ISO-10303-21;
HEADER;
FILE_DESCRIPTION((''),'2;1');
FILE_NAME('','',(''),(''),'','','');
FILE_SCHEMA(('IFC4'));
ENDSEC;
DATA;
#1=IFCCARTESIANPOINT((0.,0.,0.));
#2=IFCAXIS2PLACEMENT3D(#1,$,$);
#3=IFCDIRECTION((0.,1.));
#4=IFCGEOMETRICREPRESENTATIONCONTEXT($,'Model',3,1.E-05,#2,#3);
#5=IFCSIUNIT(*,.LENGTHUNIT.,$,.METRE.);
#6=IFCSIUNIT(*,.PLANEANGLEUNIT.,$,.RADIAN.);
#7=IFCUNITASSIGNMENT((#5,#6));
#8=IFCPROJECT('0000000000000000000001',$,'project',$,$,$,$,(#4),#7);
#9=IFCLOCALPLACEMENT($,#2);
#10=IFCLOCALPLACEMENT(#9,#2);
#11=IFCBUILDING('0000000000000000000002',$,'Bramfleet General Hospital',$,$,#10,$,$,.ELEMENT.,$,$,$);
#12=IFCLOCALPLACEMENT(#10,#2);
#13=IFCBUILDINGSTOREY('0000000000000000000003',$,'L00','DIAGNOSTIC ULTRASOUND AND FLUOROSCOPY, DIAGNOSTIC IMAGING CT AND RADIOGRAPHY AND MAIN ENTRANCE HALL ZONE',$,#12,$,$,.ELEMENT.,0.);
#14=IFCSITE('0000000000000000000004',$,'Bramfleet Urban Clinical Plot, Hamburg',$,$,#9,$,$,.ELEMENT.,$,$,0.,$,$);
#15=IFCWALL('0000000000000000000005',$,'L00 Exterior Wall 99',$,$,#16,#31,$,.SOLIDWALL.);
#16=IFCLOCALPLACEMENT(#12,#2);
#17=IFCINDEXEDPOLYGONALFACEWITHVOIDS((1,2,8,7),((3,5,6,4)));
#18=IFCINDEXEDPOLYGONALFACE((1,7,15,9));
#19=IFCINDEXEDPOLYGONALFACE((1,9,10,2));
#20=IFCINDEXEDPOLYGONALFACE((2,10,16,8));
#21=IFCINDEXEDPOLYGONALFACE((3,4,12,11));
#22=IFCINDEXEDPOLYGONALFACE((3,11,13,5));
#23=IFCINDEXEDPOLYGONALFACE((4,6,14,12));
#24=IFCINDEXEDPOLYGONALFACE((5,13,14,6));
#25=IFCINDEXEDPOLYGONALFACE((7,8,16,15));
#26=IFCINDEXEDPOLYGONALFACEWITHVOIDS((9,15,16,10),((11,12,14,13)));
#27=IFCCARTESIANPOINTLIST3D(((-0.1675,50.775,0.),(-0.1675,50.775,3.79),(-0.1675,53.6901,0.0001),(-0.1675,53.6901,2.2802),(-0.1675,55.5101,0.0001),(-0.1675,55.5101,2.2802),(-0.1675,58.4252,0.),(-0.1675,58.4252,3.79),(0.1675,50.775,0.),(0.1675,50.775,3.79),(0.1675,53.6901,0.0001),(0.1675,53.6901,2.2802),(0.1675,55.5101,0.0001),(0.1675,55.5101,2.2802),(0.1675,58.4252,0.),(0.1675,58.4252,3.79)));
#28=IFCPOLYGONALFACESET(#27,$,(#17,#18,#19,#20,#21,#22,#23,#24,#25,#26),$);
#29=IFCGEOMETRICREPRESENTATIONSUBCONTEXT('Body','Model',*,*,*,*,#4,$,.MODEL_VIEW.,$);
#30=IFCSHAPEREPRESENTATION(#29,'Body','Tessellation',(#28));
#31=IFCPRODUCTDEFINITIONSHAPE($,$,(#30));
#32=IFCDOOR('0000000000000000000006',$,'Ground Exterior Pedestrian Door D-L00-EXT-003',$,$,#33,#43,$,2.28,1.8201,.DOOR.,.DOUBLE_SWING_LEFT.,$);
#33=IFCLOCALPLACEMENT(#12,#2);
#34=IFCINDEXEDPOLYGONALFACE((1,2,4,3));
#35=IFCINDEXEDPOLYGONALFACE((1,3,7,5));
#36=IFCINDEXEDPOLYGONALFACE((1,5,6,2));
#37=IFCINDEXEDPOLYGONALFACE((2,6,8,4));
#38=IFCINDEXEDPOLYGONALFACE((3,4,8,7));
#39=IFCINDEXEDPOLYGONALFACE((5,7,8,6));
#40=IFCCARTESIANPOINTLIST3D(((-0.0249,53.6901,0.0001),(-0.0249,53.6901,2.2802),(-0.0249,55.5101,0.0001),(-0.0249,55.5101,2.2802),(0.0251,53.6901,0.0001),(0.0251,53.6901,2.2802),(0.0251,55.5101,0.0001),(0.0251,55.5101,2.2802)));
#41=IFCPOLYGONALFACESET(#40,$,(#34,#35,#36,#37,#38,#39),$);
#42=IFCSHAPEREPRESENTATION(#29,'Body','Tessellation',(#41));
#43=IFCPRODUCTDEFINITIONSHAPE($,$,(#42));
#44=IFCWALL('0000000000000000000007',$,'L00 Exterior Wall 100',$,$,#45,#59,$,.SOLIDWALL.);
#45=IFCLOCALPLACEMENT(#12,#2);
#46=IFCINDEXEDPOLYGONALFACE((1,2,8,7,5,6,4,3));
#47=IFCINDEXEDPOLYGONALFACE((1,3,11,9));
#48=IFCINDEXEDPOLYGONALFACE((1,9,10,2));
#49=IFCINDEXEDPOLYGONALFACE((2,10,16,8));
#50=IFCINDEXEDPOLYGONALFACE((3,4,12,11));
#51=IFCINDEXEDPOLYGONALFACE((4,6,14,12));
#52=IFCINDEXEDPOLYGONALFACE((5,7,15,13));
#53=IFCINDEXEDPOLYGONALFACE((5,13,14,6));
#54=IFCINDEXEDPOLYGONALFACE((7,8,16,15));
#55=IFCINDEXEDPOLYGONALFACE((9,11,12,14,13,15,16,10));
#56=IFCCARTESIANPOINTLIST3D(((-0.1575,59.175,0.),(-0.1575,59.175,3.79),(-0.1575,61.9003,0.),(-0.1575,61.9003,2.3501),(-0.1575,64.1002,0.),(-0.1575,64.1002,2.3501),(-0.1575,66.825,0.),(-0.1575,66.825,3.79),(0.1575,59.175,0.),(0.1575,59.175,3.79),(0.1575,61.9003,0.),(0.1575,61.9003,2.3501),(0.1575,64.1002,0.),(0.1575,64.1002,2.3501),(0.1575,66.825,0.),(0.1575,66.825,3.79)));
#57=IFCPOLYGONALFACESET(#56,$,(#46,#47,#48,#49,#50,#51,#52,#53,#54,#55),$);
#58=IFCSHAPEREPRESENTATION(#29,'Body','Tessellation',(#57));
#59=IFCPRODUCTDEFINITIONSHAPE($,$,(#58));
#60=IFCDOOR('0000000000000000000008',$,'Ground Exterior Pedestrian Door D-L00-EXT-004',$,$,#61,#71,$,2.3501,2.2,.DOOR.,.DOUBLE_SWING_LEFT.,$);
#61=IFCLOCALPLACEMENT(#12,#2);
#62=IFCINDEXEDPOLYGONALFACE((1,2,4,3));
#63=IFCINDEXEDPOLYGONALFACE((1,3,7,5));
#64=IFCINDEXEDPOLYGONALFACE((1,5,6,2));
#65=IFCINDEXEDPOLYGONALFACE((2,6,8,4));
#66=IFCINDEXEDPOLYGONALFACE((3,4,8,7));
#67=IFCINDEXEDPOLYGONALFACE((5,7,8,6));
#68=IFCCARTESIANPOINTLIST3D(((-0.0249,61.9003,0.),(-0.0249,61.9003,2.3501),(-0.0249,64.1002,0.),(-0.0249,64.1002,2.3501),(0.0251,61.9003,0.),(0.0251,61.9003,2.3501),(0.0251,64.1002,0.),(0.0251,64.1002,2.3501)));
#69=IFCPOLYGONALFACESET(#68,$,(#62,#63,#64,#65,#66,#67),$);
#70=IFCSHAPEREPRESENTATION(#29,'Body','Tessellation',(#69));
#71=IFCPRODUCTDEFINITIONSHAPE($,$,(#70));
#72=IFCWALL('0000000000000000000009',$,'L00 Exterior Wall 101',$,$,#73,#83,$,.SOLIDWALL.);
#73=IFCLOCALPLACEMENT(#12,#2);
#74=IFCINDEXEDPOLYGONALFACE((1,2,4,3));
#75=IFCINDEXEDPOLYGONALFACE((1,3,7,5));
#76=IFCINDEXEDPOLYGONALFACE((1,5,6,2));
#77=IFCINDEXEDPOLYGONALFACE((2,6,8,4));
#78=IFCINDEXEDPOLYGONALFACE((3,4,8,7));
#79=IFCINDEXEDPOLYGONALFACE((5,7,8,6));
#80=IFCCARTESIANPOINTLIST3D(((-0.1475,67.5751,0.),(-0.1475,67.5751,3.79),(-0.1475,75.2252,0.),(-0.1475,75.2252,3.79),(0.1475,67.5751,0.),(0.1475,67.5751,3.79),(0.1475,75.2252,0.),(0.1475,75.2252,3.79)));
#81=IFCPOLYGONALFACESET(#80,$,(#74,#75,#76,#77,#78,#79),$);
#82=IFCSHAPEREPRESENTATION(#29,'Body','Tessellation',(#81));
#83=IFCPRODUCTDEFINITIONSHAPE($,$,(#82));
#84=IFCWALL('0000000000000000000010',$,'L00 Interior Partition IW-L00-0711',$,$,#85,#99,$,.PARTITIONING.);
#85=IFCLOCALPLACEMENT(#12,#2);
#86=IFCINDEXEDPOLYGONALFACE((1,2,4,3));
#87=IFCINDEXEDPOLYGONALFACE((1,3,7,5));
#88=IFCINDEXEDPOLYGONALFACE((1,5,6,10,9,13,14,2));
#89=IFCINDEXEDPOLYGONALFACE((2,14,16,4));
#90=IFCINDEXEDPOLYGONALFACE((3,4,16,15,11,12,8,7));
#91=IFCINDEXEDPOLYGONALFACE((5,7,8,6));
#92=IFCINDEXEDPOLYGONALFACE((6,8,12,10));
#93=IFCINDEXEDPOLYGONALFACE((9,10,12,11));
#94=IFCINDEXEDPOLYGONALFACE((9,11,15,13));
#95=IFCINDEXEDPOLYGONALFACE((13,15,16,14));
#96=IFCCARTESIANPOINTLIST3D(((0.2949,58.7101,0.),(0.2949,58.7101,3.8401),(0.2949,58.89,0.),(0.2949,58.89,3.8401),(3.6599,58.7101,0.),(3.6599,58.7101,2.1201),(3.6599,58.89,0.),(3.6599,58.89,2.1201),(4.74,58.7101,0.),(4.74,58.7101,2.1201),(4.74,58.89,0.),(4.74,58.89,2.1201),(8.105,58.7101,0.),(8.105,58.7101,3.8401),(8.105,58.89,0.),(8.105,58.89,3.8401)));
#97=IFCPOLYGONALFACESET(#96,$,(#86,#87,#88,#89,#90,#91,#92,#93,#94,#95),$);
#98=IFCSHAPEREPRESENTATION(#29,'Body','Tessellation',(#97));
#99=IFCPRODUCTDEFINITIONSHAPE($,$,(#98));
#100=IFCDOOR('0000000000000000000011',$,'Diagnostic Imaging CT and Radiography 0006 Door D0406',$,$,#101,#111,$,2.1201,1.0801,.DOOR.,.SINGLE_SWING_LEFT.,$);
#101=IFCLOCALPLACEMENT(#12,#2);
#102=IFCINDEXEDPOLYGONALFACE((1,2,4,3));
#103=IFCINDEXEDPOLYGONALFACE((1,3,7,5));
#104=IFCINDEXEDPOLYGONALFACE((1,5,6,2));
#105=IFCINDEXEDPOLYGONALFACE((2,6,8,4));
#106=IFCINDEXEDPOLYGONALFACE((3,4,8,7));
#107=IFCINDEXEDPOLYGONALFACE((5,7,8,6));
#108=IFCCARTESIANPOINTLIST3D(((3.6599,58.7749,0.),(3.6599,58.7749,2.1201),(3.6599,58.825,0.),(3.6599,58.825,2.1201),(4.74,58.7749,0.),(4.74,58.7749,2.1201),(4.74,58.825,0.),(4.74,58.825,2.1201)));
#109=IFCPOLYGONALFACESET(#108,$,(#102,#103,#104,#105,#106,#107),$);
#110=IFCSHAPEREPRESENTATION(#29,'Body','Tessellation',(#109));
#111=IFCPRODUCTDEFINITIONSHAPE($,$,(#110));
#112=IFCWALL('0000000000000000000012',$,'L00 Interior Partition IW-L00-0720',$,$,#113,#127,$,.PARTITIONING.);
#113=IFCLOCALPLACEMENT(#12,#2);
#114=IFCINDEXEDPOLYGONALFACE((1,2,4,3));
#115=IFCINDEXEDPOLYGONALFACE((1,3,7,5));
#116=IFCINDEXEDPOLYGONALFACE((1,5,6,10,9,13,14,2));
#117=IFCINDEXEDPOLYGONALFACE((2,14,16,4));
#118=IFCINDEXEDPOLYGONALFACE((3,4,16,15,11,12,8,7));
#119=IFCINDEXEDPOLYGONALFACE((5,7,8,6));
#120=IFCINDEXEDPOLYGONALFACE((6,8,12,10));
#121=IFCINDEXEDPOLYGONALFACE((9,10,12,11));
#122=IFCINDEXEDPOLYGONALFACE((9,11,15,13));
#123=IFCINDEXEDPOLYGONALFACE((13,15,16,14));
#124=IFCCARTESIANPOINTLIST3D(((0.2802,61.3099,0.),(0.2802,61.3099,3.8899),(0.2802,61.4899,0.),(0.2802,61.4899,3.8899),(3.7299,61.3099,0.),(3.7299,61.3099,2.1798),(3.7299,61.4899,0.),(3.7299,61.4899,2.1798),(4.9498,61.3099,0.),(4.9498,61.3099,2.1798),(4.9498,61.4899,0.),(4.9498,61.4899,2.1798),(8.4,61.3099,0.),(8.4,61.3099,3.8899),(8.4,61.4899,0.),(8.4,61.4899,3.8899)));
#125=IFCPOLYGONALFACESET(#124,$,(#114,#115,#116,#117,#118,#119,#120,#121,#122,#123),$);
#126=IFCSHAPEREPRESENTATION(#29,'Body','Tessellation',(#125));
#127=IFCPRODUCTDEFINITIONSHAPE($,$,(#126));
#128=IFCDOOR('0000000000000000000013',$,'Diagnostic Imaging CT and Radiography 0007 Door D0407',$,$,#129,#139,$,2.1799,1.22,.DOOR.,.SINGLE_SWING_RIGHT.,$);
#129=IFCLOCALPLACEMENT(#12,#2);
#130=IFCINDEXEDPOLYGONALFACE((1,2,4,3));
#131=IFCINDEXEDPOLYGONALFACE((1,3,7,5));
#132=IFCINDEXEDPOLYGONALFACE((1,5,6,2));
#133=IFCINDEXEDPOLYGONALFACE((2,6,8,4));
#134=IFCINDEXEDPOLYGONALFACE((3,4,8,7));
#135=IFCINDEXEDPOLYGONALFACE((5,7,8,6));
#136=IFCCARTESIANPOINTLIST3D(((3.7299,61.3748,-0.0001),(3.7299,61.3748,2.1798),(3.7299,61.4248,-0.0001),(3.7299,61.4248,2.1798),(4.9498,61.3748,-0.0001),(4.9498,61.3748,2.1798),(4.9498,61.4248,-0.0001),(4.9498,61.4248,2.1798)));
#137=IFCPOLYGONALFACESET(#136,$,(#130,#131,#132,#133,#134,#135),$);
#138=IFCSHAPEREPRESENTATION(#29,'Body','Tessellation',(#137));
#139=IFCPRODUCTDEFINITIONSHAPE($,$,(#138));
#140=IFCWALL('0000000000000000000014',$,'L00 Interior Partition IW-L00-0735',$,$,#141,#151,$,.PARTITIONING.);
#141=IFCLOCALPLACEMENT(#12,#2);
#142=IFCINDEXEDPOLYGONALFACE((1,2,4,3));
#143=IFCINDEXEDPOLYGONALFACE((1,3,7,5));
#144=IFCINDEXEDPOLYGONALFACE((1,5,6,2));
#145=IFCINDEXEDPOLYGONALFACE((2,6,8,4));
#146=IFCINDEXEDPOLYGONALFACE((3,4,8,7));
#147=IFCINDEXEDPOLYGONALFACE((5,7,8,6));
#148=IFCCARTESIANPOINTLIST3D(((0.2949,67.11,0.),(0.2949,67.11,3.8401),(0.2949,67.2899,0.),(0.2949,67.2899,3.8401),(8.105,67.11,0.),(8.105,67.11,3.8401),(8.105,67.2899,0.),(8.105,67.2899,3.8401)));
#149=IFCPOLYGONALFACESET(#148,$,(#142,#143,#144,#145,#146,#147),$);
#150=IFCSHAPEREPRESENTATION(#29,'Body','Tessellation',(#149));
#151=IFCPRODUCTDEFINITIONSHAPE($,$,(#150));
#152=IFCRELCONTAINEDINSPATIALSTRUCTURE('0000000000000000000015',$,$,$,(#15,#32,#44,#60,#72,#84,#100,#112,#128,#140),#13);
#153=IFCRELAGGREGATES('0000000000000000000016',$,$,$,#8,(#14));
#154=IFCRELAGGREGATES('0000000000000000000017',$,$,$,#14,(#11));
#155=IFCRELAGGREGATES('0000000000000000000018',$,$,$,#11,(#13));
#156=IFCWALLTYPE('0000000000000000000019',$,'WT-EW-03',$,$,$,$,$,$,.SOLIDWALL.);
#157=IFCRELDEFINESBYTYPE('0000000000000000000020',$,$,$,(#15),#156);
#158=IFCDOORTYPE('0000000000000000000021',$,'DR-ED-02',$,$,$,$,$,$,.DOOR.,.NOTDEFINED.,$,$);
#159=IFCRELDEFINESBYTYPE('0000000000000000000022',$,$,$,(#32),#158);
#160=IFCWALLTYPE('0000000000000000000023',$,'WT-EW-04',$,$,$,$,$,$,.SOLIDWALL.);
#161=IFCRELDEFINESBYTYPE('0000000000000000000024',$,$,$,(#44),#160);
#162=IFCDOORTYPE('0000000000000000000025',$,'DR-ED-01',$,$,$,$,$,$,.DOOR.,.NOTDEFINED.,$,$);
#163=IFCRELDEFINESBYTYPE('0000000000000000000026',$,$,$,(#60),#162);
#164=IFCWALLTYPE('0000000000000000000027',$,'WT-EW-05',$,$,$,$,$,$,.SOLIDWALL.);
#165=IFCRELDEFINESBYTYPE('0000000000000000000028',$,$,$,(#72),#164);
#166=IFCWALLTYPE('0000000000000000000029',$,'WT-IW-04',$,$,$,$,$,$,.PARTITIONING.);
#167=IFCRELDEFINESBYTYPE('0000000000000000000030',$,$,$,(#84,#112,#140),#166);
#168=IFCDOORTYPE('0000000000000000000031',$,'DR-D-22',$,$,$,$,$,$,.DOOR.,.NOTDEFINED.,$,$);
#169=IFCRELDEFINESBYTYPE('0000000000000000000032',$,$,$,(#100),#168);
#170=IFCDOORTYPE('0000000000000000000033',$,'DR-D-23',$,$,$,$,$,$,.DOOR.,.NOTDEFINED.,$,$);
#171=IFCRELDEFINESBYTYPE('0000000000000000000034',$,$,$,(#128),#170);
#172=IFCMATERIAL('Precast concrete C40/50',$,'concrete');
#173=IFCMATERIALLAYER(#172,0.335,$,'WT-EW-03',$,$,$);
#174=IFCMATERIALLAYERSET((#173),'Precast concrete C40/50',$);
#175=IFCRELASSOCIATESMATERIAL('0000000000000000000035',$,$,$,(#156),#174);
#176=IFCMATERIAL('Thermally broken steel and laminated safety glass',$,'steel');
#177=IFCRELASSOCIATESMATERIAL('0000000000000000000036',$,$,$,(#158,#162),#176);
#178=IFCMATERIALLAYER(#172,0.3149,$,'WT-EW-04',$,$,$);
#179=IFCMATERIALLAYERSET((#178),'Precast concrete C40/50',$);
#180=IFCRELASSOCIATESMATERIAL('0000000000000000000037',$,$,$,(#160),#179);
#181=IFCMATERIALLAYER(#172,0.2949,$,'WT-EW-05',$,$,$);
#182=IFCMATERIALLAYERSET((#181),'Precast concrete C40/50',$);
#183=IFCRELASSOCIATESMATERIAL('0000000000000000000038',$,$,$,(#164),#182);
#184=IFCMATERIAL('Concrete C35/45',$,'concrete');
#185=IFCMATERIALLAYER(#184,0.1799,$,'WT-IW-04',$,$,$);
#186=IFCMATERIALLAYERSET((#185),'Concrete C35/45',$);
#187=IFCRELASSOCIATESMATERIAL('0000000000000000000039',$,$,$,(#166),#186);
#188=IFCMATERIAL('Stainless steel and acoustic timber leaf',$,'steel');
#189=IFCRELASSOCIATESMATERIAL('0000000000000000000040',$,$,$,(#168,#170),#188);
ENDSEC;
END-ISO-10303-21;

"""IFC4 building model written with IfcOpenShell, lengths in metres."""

from ifc_helpers import new_model, si_unit, direction, frame, frame_2d, origin, place, context, subcontext, project, spatial, rectangle, extrude, material, layer, layer_set, type_object, element, fill, save


model = new_model("IFC4")

# Units and contexts
model_context = context("Model", 3, precision=1e-05, world=origin(), true_north=direction((0.0, 1.0)))
body_context = subcontext(model_context, "Body", "Model", "MODEL_VIEW")
ifc_project = project(units=[si_unit("LENGTHUNIT", "METRE"), si_unit("PLANEANGLEUNIT", "RADIAN")], contexts=[model_context])

# Site, building, storey
site_placement = place(None, origin())
site = spatial("IfcSite", under=ifc_project, at=site_placement, Name="Bramfleet Urban Clinical Plot, Hamburg", CompositionType="ELEMENT", RefElevation=0.0)
building_placement = place(site_placement, origin())
building = spatial("IfcBuilding", under=site, at=building_placement, Name="Bramfleet General Hospital", CompositionType="ELEMENT")
storey_placement = place(building_placement, origin())
storey = spatial("IfcBuildingStorey", under=building, at=storey_placement, Name="L00", Description="DIAGNOSTIC ULTRASOUND AND FLUOROSCOPY, DIAGNOSTIC IMAGING CT AND RADIOGRAPHY AND MAIN ENTRANCE HALL ZONE", CompositionType="ELEMENT", Elevation=0.0)

# Shared definitions
ifc_material_1 = material(Name="Concrete C35/45", Category="concrete")

# Walls, openings, doors
ifc_material_2 = material(Name="Precast concrete C40/50", Category="concrete")
ifc_layer_1 = layer(ifc_material_2, 0.335, Name="WT-EW-03")
ifc_layer_set_1 = layer_set([ifc_layer_1], Name="Precast concrete C40/50")
wall_type_1 = type_object("IfcWallType", Name="WT-EW-03", PredefinedType="SOLIDWALL", material=ifc_layer_set_1)
wall_1_placement = place(storey_placement, frame((0.0, 50.7749, 0.0), z_axis=(0.0, 0.0, 1.0), x_axis=(0.0, 1.0, 0.0)))
wall_1 = element("IfcWall", 1, at=wall_1_placement, inside=storey, type_object=wall_type_1, Name="L00 Exterior Wall 99", PredefinedType="SOLIDWALL", context=body_context, shape_type="SweptSolid", body=[
    extrude(rectangle(XDim=7.6501, YDim=0.335, at=frame_2d((3.8252, 0.0))), origin(), (0.0, 0.0, 1.0), 3.79),
])
opening_1_placement = place(wall_1_placement, frame((2.915, 0.0, 0.0)))
opening_1 = element("IfcOpeningElement", 2, at=opening_1_placement, cuts=wall_1, PredefinedType="OPENING", context=body_context, shape_type="SweptSolid", body=[
    extrude(rectangle(XDim=1.8201, YDim=2.28, at=frame_2d((0.9102, 1.1401))), frame((0.0, 0.1775, 0.0), z_axis=(0.0, -1.0, 0.0), x_axis=(1.0, 0.0, 0.0)), (0.0, 0.0, 1.0), 0.355),
])
ifc_material_3 = material(Name="Thermally broken steel and laminated safety glass", Category="steel")
door_type_1 = type_object("IfcDoorType", Name="DR-ED-02", OperationType="NOTDEFINED", PredefinedType="DOOR", material=ifc_material_3)
door_1_placement = place(opening_1_placement, origin())
door_1 = element("IfcDoor", 3, at=door_1_placement, inside=storey, type_object=door_type_1, Name="Ground Exterior Pedestrian Door D-L00-EXT-003", OperationType="DOUBLE_SWING_LEFT", OverallHeight=2.28, OverallWidth=1.8201, PredefinedType="DOOR", context=body_context, shape_type="SweptSolid", body=[
    extrude(rectangle(XDim=1.8201, YDim=2.28, at=frame_2d((0.9102, 1.1401))), frame((0.0, 0.0249, 0.0), z_axis=(0.0, -1.0, 0.0), x_axis=(1.0, 0.0, 0.0)), (0.0, 0.0, 1.0), 0.05),
])
fill(opening_1, door_1)
ifc_layer_2 = layer(ifc_material_2, 0.3149, Name="WT-EW-04")
ifc_layer_set_2 = layer_set([ifc_layer_2], Name="Precast concrete C40/50")
wall_type_2 = type_object("IfcWallType", Name="WT-EW-04", PredefinedType="SOLIDWALL", material=ifc_layer_set_2)
wall_2_placement = place(storey_placement, frame((0.0, 59.175, 0.0), z_axis=(0.0, 0.0, 1.0), x_axis=(0.0, 1.0, 0.0)))
wall_2 = element("IfcWall", 4, at=wall_2_placement, inside=storey, type_object=wall_type_2, Name="L00 Exterior Wall 100", PredefinedType="SOLIDWALL", context=body_context, shape_type="SweptSolid", body=[
    extrude(rectangle(XDim=7.6499, YDim=0.3149, at=frame_2d((3.825, 0.0))), origin(), (0.0, 0.0, 1.0), 3.79),
])
opening_2_placement = place(wall_2_placement, frame((2.7251, 0.0, 0.0)))
opening_2 = element("IfcOpeningElement", 5, at=opening_2_placement, cuts=wall_2, PredefinedType="OPENING", context=body_context, shape_type="SweptSolid", body=[
    extrude(rectangle(XDim=2.2, YDim=2.3501, at=frame_2d((1.1001, 1.175))), frame((0.0, 0.1675, 0.0), z_axis=(0.0, -1.0, 0.0), x_axis=(1.0, 0.0, 0.0)), (0.0, 0.0, 1.0), 0.335),
])
door_type_2 = type_object("IfcDoorType", Name="DR-ED-01", OperationType="NOTDEFINED", PredefinedType="DOOR", material=ifc_material_3)
door_2_placement = place(opening_2_placement, origin())
door_2 = element("IfcDoor", 6, at=door_2_placement, inside=storey, type_object=door_type_2, Name="Ground Exterior Pedestrian Door D-L00-EXT-004", OperationType="DOUBLE_SWING_LEFT", OverallHeight=2.3501, OverallWidth=2.2, PredefinedType="DOOR", context=body_context, shape_type="SweptSolid", body=[
    extrude(rectangle(XDim=2.2, YDim=2.3501, at=frame_2d((1.1001, 1.175))), frame((0.0, 0.0249, 0.0), z_axis=(0.0, -1.0, 0.0), x_axis=(1.0, 0.0, 0.0)), (0.0, 0.0, 1.0), 0.05),
])
fill(opening_2, door_2)

# Wall
ifc_layer_3 = layer(ifc_material_2, 0.2949, Name="WT-EW-05")
ifc_layer_set_3 = layer_set([ifc_layer_3], Name="Precast concrete C40/50")
wall_type_3 = type_object("IfcWallType", Name="WT-EW-05", PredefinedType="SOLIDWALL", material=ifc_layer_set_3)
wall_3_placement = place(storey_placement, frame((0.0, 67.575, 0.0), z_axis=(0.0, 0.0, 1.0), x_axis=(0.0, 1.0, 0.0)))
element("IfcWall", 7, at=wall_3_placement, inside=storey, type_object=wall_type_3, Name="L00 Exterior Wall 101", PredefinedType="SOLIDWALL", context=body_context, shape_type="SweptSolid", body=[
    extrude(rectangle(XDim=7.6501, YDim=0.2949, at=frame_2d((3.8252, 0.0))), origin(), (0.0, 0.0, 1.0), 3.79),
])

# Walls, openings, doors
ifc_layer_4 = layer(ifc_material_1, 0.1799, Name="WT-IW-04")
ifc_layer_set_4 = layer_set([ifc_layer_4], Name="Concrete C35/45")
wall_type_4 = type_object("IfcWallType", Name="WT-IW-04", PredefinedType="PARTITIONING", material=ifc_layer_set_4)
wall_4_placement = place(storey_placement, frame((0.2949, 58.8, 0.0), z_axis=(0.0, 0.0, 1.0), x_axis=(1.0, 0.0, 0.0)))
wall_4 = element("IfcWall", 8, at=wall_4_placement, inside=storey, type_object=wall_type_4, Name="L00 Interior Partition IW-L00-0711", PredefinedType="PARTITIONING", context=body_context, shape_type="SweptSolid", body=[
    extrude(rectangle(XDim=7.8101, YDim=0.1799, at=frame_2d((3.905, 0.0))), origin(), (0.0, 0.0, 1.0), 3.8401),
])
opening_3_placement = place(wall_4_placement, frame((3.365, 0.0, 0.0)))
opening_3 = element("IfcOpeningElement", 9, at=opening_3_placement, cuts=wall_4, PredefinedType="OPENING", context=body_context, shape_type="SweptSolid", body=[
    extrude(rectangle(XDim=1.0801, YDim=2.1201, at=frame_2d((0.54, 1.0601))), frame((0.0, 0.0999, 0.0), z_axis=(0.0, -1.0, 0.0), x_axis=(1.0, 0.0, 0.0)), (0.0, 0.0, 1.0), 0.2),
])
ifc_material_4 = material(Name="Stainless steel and acoustic timber leaf", Category="steel")
door_type_3 = type_object("IfcDoorType", Name="DR-D-22", OperationType="NOTDEFINED", PredefinedType="DOOR", material=ifc_material_4)
door_3_placement = place(opening_3_placement, origin())
door_3 = element("IfcDoor", 10, at=door_3_placement, inside=storey, type_object=door_type_3, Name="Diagnostic Imaging CT and Radiography 0006 Door D0406", OperationType="SINGLE_SWING_LEFT", OverallHeight=2.1201, OverallWidth=1.0801, PredefinedType="DOOR", context=body_context, shape_type="SweptSolid", body=[
    extrude(rectangle(XDim=1.0801, YDim=2.1201, at=frame_2d((0.54, 1.0601))), frame((0.0, 0.0249, 0.0), z_axis=(0.0, -1.0, 0.0), x_axis=(1.0, 0.0, 0.0)), (0.0, 0.0, 1.0), 0.05),
])
fill(opening_3, door_3)
wall_5_placement = place(storey_placement, frame((0.28, 61.3999, 0.0), z_axis=(0.0, 0.0, 1.0), x_axis=(1.0, 0.0, 0.0)))
wall_5 = element("IfcWall", 11, at=wall_5_placement, inside=storey, type_object=wall_type_4, Name="L00 Interior Partition IW-L00-0720", PredefinedType="PARTITIONING", context=body_context, shape_type="SweptSolid", body=[
    extrude(rectangle(XDim=8.1199, YDim=0.1799, at=frame_2d((4.0601, 0.0))), origin(), (0.0, 0.0, 1.0), 3.8899),
])
opening_4_placement = place(wall_5_placement, frame((3.45, 0.0, 0.0)))
opening_4 = element("IfcOpeningElement", 12, at=opening_4_placement, cuts=wall_5, PredefinedType="OPENING", context=body_context, shape_type="SweptSolid", body=[
    extrude(rectangle(XDim=1.22, YDim=2.1799, at=frame_2d((0.6099, 1.0898))), frame((0.0, 0.0999, 0.0), z_axis=(0.0, -1.0, 0.0), x_axis=(1.0, 0.0, 0.0)), (0.0, 0.0, 1.0), 0.2),
])
door_type_4 = type_object("IfcDoorType", Name="DR-D-23", OperationType="NOTDEFINED", PredefinedType="DOOR", material=ifc_material_4)
door_4_placement = place(opening_4_placement, origin())
door_4 = element("IfcDoor", 13, at=door_4_placement, inside=storey, type_object=door_type_4, Name="Diagnostic Imaging CT and Radiography 0007 Door D0407", OperationType="SINGLE_SWING_RIGHT", OverallHeight=2.1799, OverallWidth=1.22, PredefinedType="DOOR", context=body_context, shape_type="SweptSolid", body=[
    extrude(rectangle(XDim=1.22, YDim=2.1799, at=frame_2d((0.6099, 1.0898))), frame((0.0, 0.0249, 0.0), z_axis=(0.0, -1.0, 0.0), x_axis=(1.0, 0.0, 0.0)), (0.0, 0.0, 1.0), 0.05),
])
fill(opening_4, door_4)

# Wall
wall_6_placement = place(storey_placement, frame((0.2949, 67.2, 0.0), z_axis=(0.0, 0.0, 1.0), x_axis=(1.0, 0.0, 0.0)))
element("IfcWall", 14, at=wall_6_placement, inside=storey, type_object=wall_type_4, Name="L00 Interior Partition IW-L00-0735", PredefinedType="PARTITIONING", context=body_context, shape_type="SweptSolid", body=[
    extrude(rectangle(XDim=7.8101, YDim=0.1799, at=frame_2d((3.905, 0.0))), origin(), (0.0, 0.0, 1.0), 3.8401),
])

save(model, "model.ifc")
